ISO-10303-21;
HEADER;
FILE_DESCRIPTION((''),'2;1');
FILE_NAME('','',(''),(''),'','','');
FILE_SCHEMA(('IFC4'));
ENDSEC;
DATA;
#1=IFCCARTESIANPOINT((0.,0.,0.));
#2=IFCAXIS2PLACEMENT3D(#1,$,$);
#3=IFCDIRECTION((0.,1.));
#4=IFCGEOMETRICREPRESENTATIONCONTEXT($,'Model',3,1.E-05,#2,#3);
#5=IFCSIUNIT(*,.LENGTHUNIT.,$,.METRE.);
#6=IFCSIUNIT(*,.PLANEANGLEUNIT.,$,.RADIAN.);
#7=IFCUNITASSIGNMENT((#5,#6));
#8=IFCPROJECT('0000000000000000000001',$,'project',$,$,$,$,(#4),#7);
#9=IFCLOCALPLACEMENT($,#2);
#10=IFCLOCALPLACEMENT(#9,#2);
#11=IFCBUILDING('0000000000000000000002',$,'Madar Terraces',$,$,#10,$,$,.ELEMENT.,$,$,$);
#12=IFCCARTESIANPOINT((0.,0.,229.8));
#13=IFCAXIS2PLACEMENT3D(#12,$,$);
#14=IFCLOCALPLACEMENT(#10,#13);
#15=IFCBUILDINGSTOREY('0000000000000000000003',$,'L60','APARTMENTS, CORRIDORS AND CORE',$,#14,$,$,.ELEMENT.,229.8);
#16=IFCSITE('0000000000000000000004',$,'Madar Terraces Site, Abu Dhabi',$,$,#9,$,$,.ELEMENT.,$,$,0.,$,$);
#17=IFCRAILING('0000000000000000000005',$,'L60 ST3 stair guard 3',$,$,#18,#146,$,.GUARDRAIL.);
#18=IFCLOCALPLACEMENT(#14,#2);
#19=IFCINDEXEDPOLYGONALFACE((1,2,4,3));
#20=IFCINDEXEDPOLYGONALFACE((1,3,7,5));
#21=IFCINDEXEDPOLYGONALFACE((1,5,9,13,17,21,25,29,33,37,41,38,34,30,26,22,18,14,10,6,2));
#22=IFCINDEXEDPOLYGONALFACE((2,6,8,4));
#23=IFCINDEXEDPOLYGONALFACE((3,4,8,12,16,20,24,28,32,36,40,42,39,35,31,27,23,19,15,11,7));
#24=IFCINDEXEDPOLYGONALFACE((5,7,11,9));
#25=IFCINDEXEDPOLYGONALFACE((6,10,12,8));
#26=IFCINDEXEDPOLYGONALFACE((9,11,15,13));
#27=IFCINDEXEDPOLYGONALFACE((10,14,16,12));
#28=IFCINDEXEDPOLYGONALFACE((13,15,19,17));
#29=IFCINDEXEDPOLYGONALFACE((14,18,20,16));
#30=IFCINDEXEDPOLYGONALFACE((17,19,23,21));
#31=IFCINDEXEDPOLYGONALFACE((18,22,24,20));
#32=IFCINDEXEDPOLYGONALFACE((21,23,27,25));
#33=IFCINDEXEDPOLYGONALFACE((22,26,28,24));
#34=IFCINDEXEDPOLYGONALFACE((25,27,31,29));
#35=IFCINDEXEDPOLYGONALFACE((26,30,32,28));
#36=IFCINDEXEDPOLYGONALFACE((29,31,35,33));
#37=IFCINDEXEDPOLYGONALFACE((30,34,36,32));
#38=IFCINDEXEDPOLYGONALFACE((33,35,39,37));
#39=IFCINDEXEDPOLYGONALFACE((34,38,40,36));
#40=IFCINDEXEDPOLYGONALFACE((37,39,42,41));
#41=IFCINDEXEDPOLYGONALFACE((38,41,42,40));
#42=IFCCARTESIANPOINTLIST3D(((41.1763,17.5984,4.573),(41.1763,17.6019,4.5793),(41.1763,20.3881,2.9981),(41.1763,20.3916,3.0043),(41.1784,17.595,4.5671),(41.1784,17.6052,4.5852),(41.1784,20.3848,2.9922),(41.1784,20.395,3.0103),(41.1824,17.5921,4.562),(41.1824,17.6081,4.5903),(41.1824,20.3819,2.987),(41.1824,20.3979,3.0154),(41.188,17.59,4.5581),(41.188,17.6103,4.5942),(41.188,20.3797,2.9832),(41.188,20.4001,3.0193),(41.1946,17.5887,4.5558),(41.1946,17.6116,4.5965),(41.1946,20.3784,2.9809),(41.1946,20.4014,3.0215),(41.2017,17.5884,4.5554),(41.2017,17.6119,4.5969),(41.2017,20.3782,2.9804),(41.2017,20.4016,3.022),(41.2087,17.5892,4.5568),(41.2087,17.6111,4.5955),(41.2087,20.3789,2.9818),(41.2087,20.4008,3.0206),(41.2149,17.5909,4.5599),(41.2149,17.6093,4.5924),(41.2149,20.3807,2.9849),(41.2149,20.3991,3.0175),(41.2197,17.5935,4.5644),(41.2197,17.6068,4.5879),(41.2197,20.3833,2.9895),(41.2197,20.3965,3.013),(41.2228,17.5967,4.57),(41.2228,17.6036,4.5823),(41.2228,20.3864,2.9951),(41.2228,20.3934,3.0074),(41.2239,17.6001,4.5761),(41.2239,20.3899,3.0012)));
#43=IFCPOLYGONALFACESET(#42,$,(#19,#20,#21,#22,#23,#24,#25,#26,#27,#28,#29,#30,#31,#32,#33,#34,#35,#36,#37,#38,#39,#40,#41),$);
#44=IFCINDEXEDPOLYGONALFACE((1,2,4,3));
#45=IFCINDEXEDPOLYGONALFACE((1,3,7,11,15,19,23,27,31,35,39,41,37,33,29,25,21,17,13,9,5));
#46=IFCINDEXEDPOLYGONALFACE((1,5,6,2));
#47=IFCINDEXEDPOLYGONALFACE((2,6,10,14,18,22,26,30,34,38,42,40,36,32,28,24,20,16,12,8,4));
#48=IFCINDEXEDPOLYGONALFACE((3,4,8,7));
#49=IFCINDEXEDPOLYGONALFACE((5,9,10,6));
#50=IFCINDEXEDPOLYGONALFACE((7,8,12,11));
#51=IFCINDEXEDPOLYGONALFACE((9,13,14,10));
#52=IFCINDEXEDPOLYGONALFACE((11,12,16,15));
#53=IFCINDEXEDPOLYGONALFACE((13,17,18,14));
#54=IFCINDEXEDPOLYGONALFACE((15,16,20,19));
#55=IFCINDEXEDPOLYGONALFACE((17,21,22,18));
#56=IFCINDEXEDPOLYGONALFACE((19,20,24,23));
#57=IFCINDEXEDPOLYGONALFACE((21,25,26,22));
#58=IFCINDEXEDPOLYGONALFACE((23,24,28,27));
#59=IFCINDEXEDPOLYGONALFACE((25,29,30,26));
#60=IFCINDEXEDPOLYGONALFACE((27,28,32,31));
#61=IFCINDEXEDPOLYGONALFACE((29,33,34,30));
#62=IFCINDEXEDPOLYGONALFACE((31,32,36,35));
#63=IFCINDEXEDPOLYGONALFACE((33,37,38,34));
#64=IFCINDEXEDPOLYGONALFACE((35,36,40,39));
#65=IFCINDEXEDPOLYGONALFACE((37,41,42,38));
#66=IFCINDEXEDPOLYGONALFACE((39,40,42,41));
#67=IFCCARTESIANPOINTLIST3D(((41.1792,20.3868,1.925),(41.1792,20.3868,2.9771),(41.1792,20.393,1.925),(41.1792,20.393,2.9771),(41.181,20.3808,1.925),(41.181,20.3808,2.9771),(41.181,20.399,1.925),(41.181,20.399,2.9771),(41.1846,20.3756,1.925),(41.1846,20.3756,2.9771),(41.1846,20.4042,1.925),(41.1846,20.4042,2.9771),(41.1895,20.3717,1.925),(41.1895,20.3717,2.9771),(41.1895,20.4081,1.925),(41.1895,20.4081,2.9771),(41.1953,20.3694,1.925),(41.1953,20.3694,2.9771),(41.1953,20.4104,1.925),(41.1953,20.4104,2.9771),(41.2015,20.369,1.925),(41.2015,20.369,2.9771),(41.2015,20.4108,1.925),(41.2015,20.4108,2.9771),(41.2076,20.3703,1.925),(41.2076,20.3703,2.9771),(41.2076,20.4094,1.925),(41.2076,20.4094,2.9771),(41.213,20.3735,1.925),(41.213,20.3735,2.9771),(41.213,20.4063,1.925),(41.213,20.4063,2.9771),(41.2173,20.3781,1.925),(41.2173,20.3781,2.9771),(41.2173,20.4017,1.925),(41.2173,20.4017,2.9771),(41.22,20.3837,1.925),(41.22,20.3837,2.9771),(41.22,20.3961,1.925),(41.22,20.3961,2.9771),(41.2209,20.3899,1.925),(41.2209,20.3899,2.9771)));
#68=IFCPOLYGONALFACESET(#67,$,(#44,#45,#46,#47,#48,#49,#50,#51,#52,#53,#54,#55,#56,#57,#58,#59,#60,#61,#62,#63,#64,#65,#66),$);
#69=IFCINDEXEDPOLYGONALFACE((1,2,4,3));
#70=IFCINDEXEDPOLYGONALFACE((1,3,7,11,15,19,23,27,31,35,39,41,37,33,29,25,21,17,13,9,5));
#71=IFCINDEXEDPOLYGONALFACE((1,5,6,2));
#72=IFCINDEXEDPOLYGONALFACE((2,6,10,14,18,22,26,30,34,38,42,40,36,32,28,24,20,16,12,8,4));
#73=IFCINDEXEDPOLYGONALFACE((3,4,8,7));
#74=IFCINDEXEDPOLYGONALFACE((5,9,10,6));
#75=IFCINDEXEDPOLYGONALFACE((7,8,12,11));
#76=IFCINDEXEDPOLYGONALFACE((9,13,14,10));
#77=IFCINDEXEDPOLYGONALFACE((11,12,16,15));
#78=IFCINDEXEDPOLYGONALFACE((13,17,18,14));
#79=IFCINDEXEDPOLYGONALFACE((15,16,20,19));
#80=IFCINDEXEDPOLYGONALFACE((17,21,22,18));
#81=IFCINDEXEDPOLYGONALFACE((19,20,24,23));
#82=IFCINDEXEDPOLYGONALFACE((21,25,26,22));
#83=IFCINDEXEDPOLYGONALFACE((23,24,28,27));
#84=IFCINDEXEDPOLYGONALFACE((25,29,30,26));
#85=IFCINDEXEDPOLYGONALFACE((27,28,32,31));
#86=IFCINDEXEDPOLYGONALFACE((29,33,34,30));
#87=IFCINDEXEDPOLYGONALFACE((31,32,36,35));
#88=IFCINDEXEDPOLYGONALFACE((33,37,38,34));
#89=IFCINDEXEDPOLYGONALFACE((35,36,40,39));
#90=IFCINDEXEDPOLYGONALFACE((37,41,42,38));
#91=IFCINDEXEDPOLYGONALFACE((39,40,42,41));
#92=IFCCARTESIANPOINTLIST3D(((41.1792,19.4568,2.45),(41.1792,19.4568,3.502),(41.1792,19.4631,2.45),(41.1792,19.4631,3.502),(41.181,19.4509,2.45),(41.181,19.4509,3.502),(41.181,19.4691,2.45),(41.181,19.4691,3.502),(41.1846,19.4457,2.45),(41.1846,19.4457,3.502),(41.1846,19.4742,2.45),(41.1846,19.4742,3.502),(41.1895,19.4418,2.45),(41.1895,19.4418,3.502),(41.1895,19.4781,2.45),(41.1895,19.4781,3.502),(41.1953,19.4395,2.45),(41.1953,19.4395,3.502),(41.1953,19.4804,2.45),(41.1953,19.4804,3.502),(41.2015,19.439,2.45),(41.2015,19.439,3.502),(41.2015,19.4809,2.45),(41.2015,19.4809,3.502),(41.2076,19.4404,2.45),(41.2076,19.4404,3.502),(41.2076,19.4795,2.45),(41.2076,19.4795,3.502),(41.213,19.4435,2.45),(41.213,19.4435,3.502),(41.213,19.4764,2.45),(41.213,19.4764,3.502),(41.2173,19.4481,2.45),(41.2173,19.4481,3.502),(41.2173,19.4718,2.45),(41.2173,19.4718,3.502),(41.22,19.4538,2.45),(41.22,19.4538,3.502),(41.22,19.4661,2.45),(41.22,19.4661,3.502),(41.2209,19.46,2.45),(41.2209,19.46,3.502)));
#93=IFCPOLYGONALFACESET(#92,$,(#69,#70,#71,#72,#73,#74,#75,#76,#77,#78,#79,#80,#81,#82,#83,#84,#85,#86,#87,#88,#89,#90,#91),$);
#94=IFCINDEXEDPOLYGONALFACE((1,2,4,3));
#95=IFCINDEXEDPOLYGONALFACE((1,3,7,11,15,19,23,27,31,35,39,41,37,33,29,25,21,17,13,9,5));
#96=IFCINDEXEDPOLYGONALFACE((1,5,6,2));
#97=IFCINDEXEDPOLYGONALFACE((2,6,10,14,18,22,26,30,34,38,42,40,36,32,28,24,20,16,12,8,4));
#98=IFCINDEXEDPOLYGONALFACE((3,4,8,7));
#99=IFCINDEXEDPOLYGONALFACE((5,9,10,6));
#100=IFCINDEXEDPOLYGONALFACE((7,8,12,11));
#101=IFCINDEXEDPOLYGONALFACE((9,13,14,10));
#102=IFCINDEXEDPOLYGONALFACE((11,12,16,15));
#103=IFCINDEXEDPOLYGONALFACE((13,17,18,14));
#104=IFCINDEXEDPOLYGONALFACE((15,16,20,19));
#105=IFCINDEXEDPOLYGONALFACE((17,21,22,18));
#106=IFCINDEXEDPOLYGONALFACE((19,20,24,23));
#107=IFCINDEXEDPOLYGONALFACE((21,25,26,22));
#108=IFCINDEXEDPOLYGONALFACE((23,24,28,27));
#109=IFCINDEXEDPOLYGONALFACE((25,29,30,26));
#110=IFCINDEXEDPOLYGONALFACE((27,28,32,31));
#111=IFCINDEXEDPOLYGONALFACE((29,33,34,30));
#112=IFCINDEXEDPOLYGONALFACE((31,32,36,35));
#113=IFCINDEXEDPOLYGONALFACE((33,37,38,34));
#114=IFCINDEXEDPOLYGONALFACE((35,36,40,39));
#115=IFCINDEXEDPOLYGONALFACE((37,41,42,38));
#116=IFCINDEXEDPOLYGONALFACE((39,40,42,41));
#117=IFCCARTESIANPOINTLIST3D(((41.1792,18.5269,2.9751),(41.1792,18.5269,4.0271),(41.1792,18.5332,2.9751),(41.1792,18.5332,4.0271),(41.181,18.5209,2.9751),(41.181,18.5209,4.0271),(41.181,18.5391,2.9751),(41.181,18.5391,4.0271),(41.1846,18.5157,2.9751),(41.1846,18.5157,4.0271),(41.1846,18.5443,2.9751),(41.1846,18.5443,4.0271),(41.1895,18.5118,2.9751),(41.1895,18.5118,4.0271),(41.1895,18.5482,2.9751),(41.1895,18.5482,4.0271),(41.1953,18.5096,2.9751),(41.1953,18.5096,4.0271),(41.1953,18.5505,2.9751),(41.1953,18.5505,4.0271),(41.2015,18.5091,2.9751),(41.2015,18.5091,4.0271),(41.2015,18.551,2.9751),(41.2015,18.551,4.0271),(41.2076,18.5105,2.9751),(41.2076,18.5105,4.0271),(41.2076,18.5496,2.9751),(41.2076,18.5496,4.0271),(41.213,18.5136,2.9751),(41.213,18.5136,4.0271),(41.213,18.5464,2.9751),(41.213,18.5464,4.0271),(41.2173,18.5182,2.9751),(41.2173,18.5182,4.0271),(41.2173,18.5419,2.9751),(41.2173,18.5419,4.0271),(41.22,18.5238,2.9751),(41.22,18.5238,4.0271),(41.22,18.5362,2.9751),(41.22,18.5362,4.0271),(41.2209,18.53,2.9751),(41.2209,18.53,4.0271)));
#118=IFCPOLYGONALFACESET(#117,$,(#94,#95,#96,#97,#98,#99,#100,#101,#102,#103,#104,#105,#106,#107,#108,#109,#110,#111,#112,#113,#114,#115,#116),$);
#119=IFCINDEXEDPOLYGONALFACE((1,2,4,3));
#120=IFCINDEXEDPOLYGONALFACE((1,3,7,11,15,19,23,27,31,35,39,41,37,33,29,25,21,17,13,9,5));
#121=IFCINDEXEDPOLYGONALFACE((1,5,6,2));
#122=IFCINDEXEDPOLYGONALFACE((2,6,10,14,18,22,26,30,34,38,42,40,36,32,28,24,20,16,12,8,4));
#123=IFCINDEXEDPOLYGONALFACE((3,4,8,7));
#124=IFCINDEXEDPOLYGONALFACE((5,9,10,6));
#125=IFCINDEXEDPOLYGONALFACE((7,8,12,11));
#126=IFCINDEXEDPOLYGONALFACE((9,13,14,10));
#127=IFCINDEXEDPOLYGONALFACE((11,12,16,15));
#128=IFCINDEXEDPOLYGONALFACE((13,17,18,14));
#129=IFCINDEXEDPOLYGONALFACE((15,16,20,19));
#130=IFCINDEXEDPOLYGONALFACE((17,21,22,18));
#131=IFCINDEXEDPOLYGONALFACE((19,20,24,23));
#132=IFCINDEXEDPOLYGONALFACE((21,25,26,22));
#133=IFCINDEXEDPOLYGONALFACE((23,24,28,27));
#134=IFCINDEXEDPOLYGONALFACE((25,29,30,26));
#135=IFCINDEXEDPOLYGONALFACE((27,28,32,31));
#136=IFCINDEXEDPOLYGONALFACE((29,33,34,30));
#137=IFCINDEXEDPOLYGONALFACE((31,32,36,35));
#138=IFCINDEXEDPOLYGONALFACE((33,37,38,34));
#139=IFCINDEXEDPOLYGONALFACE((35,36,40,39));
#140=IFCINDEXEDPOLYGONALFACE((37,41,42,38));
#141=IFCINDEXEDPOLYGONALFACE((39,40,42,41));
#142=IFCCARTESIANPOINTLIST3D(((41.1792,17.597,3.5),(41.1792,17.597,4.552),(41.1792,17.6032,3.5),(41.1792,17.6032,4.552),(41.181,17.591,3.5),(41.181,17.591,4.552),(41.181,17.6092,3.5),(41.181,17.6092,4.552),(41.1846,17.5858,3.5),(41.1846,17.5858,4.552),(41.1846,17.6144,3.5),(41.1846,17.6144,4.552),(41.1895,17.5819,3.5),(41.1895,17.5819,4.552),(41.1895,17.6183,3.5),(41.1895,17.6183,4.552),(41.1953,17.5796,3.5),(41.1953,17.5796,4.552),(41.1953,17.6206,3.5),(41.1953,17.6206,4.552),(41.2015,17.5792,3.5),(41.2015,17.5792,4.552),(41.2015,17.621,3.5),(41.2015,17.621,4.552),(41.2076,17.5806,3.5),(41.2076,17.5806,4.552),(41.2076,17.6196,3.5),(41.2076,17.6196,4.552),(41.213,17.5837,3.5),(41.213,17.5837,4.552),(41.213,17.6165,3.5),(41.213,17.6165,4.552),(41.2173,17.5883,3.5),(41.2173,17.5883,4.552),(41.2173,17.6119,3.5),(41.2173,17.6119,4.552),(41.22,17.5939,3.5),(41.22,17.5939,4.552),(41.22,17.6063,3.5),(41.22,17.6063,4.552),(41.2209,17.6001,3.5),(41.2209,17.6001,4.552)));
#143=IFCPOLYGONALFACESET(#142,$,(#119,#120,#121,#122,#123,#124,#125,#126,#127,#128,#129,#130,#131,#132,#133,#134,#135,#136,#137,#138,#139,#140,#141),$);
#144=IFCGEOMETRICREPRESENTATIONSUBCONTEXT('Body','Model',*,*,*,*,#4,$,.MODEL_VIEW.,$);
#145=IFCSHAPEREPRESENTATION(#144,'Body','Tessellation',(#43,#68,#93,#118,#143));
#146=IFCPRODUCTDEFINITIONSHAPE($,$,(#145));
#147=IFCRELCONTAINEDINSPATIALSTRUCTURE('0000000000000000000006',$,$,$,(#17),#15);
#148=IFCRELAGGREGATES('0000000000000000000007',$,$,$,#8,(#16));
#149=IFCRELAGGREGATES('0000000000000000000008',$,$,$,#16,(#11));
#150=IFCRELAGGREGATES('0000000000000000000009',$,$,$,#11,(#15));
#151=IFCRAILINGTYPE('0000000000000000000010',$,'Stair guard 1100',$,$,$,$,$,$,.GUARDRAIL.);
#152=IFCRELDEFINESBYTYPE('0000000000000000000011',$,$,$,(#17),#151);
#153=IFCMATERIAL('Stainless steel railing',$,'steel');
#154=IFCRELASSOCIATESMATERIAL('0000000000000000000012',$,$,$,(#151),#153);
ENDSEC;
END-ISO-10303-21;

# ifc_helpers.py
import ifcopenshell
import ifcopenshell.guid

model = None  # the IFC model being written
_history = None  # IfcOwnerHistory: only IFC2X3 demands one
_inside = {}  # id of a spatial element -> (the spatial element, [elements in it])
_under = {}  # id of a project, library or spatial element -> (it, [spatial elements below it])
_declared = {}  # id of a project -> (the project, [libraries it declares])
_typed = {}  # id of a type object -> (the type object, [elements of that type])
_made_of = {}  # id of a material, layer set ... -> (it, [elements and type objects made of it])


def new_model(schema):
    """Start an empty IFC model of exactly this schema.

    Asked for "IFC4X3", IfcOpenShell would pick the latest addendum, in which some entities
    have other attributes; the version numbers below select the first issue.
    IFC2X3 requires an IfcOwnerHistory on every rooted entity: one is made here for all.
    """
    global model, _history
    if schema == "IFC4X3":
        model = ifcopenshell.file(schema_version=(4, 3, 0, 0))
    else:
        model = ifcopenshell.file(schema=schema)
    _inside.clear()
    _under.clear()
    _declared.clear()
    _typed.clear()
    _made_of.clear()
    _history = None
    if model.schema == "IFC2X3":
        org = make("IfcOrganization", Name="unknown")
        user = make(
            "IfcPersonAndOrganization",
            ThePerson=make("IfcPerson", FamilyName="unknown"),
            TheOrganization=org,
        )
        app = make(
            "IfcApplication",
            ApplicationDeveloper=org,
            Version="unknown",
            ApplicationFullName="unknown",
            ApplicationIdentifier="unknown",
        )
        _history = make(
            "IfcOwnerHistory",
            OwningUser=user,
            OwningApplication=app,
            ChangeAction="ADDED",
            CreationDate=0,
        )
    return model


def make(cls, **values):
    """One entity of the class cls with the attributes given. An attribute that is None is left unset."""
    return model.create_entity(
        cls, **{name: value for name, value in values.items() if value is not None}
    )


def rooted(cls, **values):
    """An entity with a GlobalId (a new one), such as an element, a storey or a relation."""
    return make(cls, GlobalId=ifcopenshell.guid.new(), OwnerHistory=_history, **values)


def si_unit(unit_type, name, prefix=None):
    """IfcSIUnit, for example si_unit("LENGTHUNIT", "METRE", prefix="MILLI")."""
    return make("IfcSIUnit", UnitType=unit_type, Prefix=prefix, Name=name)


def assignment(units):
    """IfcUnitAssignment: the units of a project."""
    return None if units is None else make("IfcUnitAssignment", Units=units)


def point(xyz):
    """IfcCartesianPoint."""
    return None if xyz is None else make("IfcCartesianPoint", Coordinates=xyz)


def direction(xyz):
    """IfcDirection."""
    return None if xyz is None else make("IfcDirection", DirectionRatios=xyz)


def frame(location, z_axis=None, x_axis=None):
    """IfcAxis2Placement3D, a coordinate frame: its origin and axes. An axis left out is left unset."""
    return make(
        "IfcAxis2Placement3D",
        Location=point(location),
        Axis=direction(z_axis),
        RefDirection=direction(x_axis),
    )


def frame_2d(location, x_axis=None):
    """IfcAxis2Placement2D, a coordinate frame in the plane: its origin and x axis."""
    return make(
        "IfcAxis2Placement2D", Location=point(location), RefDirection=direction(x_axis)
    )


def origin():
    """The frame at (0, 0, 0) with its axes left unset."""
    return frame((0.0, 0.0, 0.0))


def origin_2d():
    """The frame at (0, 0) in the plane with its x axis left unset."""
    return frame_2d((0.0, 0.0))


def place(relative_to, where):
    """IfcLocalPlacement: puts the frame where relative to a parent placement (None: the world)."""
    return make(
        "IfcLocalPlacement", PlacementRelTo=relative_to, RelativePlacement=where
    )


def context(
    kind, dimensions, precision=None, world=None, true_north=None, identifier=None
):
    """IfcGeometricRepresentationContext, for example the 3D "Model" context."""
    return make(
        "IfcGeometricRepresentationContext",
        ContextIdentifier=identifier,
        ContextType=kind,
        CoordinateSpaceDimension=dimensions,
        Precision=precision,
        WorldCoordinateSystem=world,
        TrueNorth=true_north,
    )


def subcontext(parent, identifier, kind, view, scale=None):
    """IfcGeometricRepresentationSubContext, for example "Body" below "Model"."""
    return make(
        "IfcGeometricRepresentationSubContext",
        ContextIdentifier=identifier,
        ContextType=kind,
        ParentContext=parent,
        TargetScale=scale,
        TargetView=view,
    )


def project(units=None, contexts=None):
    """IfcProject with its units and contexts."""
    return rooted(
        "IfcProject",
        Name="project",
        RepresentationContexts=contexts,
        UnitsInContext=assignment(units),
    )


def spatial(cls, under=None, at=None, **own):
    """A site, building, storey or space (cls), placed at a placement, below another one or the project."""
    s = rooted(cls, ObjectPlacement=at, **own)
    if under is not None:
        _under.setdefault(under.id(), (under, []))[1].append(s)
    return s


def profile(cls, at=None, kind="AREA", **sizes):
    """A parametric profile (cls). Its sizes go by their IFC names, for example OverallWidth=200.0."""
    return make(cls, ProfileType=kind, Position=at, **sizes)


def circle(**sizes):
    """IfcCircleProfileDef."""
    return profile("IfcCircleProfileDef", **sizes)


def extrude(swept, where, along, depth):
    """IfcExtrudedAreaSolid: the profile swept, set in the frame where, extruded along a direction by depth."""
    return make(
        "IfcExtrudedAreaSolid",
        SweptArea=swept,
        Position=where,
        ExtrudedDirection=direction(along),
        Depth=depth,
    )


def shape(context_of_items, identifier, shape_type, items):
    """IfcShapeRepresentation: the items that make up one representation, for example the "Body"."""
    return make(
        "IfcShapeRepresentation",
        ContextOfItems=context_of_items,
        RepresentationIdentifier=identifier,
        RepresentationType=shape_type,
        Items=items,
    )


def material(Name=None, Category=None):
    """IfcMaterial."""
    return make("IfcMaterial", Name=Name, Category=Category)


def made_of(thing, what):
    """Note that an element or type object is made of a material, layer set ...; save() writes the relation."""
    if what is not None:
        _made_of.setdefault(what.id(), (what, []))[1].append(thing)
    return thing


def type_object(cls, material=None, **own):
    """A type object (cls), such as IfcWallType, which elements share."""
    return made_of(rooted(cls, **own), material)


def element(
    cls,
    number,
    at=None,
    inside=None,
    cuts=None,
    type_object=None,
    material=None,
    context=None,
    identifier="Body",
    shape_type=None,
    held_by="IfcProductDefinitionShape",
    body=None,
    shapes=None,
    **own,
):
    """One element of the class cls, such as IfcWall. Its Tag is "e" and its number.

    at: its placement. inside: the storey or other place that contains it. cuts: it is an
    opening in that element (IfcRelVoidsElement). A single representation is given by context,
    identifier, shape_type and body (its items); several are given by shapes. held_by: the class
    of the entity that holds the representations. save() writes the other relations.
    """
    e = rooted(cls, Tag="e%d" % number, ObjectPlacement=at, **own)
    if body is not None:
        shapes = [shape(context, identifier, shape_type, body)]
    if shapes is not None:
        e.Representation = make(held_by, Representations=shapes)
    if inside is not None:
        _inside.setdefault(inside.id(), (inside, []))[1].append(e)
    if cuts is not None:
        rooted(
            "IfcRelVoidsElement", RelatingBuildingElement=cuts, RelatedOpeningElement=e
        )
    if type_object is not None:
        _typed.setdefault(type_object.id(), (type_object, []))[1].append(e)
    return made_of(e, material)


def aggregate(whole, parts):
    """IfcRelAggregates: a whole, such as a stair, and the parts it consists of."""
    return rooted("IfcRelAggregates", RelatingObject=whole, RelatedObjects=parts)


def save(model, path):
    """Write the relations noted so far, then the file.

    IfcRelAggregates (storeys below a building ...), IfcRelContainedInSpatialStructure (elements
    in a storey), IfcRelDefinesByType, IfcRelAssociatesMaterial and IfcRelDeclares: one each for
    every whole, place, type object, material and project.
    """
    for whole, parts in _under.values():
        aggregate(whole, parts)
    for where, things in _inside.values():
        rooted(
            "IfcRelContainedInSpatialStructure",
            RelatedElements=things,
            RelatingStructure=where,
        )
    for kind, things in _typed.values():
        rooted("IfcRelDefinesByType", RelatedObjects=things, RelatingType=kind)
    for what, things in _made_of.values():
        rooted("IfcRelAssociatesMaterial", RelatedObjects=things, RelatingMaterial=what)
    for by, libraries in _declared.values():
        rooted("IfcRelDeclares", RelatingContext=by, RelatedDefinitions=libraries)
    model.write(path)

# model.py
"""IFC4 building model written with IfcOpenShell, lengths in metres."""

from ifc_helpers import new_model, si_unit, direction, frame, origin, origin_2d, place, context, subcontext, project, spatial, circle, extrude, material, type_object, element, save


model = new_model("IFC4")

# Units and contexts
model_context = context("Model", 3, precision=1e-05, world=origin(), true_north=direction((0.0, 1.0)))
body_context = subcontext(model_context, "Body", "Model", "MODEL_VIEW")
ifc_project = project(units=[si_unit("LENGTHUNIT", "METRE"), si_unit("PLANEANGLEUNIT", "RADIAN")], contexts=[model_context])

# Site, building, storey
site_placement = place(None, origin())
site = spatial("IfcSite", under=ifc_project, at=site_placement, Name="Madar Terraces Site, Abu Dhabi", CompositionType="ELEMENT", RefElevation=0.0)
building_placement = place(site_placement, origin())
building = spatial("IfcBuilding", under=site, at=building_placement, Name="Madar Terraces", CompositionType="ELEMENT")
storey_placement = place(building_placement, frame((0.0, 0.0, 229.8)))
storey = spatial("IfcBuildingStorey", under=building, at=storey_placement, Name="L60", Description="APARTMENTS, CORRIDORS AND CORE", CompositionType="ELEMENT", Elevation=229.8)

# Railing
ifc_material_1 = material(Name="Stainless steel railing", Category="steel")
railing_type_1 = type_object("IfcRailingType", Name="Stair guard 1100", PredefinedType="GUARDRAIL", material=ifc_material_1)
railing_1_placement = place(storey_placement, frame((41.2, 20.3899, 1.925)))
element("IfcRailing", 1, at=railing_1_placement, inside=storey, type_object=railing_type_1, Name="L60 ST3 stair guard 3", PredefinedType="GUARDRAIL", context=body_context, shape_type="SweptSolid", body=[
    extrude(circle(Radius=0.0239, at=origin_2d()), frame((0.0, 0.0, 1.0762), z_axis=(0.0, -0.870815, 0.49161), x_axis=(1.0, 0.0, 0.0)), (0.0, 0.0, 1.0), 3.2036),
    extrude(circle(Radius=0.021, at=origin_2d()), origin(), (0.0, 0.0, 1.0), 1.052),
    extrude(circle(Radius=0.021, at=origin_2d()), frame((0.0, -0.9299, 0.5249)), (0.0, 0.0, 1.0), 1.052),
    extrude(circle(Radius=0.021, at=origin_2d()), frame((0.0, -1.8599, 1.05)), (0.0, 0.0, 1.0), 1.052),
    extrude(circle(Radius=0.021, at=origin_2d()), frame((0.0, -2.7898, 1.575)), (0.0, 0.0, 1.0), 1.052),
])

save(model, "model.ifc")
